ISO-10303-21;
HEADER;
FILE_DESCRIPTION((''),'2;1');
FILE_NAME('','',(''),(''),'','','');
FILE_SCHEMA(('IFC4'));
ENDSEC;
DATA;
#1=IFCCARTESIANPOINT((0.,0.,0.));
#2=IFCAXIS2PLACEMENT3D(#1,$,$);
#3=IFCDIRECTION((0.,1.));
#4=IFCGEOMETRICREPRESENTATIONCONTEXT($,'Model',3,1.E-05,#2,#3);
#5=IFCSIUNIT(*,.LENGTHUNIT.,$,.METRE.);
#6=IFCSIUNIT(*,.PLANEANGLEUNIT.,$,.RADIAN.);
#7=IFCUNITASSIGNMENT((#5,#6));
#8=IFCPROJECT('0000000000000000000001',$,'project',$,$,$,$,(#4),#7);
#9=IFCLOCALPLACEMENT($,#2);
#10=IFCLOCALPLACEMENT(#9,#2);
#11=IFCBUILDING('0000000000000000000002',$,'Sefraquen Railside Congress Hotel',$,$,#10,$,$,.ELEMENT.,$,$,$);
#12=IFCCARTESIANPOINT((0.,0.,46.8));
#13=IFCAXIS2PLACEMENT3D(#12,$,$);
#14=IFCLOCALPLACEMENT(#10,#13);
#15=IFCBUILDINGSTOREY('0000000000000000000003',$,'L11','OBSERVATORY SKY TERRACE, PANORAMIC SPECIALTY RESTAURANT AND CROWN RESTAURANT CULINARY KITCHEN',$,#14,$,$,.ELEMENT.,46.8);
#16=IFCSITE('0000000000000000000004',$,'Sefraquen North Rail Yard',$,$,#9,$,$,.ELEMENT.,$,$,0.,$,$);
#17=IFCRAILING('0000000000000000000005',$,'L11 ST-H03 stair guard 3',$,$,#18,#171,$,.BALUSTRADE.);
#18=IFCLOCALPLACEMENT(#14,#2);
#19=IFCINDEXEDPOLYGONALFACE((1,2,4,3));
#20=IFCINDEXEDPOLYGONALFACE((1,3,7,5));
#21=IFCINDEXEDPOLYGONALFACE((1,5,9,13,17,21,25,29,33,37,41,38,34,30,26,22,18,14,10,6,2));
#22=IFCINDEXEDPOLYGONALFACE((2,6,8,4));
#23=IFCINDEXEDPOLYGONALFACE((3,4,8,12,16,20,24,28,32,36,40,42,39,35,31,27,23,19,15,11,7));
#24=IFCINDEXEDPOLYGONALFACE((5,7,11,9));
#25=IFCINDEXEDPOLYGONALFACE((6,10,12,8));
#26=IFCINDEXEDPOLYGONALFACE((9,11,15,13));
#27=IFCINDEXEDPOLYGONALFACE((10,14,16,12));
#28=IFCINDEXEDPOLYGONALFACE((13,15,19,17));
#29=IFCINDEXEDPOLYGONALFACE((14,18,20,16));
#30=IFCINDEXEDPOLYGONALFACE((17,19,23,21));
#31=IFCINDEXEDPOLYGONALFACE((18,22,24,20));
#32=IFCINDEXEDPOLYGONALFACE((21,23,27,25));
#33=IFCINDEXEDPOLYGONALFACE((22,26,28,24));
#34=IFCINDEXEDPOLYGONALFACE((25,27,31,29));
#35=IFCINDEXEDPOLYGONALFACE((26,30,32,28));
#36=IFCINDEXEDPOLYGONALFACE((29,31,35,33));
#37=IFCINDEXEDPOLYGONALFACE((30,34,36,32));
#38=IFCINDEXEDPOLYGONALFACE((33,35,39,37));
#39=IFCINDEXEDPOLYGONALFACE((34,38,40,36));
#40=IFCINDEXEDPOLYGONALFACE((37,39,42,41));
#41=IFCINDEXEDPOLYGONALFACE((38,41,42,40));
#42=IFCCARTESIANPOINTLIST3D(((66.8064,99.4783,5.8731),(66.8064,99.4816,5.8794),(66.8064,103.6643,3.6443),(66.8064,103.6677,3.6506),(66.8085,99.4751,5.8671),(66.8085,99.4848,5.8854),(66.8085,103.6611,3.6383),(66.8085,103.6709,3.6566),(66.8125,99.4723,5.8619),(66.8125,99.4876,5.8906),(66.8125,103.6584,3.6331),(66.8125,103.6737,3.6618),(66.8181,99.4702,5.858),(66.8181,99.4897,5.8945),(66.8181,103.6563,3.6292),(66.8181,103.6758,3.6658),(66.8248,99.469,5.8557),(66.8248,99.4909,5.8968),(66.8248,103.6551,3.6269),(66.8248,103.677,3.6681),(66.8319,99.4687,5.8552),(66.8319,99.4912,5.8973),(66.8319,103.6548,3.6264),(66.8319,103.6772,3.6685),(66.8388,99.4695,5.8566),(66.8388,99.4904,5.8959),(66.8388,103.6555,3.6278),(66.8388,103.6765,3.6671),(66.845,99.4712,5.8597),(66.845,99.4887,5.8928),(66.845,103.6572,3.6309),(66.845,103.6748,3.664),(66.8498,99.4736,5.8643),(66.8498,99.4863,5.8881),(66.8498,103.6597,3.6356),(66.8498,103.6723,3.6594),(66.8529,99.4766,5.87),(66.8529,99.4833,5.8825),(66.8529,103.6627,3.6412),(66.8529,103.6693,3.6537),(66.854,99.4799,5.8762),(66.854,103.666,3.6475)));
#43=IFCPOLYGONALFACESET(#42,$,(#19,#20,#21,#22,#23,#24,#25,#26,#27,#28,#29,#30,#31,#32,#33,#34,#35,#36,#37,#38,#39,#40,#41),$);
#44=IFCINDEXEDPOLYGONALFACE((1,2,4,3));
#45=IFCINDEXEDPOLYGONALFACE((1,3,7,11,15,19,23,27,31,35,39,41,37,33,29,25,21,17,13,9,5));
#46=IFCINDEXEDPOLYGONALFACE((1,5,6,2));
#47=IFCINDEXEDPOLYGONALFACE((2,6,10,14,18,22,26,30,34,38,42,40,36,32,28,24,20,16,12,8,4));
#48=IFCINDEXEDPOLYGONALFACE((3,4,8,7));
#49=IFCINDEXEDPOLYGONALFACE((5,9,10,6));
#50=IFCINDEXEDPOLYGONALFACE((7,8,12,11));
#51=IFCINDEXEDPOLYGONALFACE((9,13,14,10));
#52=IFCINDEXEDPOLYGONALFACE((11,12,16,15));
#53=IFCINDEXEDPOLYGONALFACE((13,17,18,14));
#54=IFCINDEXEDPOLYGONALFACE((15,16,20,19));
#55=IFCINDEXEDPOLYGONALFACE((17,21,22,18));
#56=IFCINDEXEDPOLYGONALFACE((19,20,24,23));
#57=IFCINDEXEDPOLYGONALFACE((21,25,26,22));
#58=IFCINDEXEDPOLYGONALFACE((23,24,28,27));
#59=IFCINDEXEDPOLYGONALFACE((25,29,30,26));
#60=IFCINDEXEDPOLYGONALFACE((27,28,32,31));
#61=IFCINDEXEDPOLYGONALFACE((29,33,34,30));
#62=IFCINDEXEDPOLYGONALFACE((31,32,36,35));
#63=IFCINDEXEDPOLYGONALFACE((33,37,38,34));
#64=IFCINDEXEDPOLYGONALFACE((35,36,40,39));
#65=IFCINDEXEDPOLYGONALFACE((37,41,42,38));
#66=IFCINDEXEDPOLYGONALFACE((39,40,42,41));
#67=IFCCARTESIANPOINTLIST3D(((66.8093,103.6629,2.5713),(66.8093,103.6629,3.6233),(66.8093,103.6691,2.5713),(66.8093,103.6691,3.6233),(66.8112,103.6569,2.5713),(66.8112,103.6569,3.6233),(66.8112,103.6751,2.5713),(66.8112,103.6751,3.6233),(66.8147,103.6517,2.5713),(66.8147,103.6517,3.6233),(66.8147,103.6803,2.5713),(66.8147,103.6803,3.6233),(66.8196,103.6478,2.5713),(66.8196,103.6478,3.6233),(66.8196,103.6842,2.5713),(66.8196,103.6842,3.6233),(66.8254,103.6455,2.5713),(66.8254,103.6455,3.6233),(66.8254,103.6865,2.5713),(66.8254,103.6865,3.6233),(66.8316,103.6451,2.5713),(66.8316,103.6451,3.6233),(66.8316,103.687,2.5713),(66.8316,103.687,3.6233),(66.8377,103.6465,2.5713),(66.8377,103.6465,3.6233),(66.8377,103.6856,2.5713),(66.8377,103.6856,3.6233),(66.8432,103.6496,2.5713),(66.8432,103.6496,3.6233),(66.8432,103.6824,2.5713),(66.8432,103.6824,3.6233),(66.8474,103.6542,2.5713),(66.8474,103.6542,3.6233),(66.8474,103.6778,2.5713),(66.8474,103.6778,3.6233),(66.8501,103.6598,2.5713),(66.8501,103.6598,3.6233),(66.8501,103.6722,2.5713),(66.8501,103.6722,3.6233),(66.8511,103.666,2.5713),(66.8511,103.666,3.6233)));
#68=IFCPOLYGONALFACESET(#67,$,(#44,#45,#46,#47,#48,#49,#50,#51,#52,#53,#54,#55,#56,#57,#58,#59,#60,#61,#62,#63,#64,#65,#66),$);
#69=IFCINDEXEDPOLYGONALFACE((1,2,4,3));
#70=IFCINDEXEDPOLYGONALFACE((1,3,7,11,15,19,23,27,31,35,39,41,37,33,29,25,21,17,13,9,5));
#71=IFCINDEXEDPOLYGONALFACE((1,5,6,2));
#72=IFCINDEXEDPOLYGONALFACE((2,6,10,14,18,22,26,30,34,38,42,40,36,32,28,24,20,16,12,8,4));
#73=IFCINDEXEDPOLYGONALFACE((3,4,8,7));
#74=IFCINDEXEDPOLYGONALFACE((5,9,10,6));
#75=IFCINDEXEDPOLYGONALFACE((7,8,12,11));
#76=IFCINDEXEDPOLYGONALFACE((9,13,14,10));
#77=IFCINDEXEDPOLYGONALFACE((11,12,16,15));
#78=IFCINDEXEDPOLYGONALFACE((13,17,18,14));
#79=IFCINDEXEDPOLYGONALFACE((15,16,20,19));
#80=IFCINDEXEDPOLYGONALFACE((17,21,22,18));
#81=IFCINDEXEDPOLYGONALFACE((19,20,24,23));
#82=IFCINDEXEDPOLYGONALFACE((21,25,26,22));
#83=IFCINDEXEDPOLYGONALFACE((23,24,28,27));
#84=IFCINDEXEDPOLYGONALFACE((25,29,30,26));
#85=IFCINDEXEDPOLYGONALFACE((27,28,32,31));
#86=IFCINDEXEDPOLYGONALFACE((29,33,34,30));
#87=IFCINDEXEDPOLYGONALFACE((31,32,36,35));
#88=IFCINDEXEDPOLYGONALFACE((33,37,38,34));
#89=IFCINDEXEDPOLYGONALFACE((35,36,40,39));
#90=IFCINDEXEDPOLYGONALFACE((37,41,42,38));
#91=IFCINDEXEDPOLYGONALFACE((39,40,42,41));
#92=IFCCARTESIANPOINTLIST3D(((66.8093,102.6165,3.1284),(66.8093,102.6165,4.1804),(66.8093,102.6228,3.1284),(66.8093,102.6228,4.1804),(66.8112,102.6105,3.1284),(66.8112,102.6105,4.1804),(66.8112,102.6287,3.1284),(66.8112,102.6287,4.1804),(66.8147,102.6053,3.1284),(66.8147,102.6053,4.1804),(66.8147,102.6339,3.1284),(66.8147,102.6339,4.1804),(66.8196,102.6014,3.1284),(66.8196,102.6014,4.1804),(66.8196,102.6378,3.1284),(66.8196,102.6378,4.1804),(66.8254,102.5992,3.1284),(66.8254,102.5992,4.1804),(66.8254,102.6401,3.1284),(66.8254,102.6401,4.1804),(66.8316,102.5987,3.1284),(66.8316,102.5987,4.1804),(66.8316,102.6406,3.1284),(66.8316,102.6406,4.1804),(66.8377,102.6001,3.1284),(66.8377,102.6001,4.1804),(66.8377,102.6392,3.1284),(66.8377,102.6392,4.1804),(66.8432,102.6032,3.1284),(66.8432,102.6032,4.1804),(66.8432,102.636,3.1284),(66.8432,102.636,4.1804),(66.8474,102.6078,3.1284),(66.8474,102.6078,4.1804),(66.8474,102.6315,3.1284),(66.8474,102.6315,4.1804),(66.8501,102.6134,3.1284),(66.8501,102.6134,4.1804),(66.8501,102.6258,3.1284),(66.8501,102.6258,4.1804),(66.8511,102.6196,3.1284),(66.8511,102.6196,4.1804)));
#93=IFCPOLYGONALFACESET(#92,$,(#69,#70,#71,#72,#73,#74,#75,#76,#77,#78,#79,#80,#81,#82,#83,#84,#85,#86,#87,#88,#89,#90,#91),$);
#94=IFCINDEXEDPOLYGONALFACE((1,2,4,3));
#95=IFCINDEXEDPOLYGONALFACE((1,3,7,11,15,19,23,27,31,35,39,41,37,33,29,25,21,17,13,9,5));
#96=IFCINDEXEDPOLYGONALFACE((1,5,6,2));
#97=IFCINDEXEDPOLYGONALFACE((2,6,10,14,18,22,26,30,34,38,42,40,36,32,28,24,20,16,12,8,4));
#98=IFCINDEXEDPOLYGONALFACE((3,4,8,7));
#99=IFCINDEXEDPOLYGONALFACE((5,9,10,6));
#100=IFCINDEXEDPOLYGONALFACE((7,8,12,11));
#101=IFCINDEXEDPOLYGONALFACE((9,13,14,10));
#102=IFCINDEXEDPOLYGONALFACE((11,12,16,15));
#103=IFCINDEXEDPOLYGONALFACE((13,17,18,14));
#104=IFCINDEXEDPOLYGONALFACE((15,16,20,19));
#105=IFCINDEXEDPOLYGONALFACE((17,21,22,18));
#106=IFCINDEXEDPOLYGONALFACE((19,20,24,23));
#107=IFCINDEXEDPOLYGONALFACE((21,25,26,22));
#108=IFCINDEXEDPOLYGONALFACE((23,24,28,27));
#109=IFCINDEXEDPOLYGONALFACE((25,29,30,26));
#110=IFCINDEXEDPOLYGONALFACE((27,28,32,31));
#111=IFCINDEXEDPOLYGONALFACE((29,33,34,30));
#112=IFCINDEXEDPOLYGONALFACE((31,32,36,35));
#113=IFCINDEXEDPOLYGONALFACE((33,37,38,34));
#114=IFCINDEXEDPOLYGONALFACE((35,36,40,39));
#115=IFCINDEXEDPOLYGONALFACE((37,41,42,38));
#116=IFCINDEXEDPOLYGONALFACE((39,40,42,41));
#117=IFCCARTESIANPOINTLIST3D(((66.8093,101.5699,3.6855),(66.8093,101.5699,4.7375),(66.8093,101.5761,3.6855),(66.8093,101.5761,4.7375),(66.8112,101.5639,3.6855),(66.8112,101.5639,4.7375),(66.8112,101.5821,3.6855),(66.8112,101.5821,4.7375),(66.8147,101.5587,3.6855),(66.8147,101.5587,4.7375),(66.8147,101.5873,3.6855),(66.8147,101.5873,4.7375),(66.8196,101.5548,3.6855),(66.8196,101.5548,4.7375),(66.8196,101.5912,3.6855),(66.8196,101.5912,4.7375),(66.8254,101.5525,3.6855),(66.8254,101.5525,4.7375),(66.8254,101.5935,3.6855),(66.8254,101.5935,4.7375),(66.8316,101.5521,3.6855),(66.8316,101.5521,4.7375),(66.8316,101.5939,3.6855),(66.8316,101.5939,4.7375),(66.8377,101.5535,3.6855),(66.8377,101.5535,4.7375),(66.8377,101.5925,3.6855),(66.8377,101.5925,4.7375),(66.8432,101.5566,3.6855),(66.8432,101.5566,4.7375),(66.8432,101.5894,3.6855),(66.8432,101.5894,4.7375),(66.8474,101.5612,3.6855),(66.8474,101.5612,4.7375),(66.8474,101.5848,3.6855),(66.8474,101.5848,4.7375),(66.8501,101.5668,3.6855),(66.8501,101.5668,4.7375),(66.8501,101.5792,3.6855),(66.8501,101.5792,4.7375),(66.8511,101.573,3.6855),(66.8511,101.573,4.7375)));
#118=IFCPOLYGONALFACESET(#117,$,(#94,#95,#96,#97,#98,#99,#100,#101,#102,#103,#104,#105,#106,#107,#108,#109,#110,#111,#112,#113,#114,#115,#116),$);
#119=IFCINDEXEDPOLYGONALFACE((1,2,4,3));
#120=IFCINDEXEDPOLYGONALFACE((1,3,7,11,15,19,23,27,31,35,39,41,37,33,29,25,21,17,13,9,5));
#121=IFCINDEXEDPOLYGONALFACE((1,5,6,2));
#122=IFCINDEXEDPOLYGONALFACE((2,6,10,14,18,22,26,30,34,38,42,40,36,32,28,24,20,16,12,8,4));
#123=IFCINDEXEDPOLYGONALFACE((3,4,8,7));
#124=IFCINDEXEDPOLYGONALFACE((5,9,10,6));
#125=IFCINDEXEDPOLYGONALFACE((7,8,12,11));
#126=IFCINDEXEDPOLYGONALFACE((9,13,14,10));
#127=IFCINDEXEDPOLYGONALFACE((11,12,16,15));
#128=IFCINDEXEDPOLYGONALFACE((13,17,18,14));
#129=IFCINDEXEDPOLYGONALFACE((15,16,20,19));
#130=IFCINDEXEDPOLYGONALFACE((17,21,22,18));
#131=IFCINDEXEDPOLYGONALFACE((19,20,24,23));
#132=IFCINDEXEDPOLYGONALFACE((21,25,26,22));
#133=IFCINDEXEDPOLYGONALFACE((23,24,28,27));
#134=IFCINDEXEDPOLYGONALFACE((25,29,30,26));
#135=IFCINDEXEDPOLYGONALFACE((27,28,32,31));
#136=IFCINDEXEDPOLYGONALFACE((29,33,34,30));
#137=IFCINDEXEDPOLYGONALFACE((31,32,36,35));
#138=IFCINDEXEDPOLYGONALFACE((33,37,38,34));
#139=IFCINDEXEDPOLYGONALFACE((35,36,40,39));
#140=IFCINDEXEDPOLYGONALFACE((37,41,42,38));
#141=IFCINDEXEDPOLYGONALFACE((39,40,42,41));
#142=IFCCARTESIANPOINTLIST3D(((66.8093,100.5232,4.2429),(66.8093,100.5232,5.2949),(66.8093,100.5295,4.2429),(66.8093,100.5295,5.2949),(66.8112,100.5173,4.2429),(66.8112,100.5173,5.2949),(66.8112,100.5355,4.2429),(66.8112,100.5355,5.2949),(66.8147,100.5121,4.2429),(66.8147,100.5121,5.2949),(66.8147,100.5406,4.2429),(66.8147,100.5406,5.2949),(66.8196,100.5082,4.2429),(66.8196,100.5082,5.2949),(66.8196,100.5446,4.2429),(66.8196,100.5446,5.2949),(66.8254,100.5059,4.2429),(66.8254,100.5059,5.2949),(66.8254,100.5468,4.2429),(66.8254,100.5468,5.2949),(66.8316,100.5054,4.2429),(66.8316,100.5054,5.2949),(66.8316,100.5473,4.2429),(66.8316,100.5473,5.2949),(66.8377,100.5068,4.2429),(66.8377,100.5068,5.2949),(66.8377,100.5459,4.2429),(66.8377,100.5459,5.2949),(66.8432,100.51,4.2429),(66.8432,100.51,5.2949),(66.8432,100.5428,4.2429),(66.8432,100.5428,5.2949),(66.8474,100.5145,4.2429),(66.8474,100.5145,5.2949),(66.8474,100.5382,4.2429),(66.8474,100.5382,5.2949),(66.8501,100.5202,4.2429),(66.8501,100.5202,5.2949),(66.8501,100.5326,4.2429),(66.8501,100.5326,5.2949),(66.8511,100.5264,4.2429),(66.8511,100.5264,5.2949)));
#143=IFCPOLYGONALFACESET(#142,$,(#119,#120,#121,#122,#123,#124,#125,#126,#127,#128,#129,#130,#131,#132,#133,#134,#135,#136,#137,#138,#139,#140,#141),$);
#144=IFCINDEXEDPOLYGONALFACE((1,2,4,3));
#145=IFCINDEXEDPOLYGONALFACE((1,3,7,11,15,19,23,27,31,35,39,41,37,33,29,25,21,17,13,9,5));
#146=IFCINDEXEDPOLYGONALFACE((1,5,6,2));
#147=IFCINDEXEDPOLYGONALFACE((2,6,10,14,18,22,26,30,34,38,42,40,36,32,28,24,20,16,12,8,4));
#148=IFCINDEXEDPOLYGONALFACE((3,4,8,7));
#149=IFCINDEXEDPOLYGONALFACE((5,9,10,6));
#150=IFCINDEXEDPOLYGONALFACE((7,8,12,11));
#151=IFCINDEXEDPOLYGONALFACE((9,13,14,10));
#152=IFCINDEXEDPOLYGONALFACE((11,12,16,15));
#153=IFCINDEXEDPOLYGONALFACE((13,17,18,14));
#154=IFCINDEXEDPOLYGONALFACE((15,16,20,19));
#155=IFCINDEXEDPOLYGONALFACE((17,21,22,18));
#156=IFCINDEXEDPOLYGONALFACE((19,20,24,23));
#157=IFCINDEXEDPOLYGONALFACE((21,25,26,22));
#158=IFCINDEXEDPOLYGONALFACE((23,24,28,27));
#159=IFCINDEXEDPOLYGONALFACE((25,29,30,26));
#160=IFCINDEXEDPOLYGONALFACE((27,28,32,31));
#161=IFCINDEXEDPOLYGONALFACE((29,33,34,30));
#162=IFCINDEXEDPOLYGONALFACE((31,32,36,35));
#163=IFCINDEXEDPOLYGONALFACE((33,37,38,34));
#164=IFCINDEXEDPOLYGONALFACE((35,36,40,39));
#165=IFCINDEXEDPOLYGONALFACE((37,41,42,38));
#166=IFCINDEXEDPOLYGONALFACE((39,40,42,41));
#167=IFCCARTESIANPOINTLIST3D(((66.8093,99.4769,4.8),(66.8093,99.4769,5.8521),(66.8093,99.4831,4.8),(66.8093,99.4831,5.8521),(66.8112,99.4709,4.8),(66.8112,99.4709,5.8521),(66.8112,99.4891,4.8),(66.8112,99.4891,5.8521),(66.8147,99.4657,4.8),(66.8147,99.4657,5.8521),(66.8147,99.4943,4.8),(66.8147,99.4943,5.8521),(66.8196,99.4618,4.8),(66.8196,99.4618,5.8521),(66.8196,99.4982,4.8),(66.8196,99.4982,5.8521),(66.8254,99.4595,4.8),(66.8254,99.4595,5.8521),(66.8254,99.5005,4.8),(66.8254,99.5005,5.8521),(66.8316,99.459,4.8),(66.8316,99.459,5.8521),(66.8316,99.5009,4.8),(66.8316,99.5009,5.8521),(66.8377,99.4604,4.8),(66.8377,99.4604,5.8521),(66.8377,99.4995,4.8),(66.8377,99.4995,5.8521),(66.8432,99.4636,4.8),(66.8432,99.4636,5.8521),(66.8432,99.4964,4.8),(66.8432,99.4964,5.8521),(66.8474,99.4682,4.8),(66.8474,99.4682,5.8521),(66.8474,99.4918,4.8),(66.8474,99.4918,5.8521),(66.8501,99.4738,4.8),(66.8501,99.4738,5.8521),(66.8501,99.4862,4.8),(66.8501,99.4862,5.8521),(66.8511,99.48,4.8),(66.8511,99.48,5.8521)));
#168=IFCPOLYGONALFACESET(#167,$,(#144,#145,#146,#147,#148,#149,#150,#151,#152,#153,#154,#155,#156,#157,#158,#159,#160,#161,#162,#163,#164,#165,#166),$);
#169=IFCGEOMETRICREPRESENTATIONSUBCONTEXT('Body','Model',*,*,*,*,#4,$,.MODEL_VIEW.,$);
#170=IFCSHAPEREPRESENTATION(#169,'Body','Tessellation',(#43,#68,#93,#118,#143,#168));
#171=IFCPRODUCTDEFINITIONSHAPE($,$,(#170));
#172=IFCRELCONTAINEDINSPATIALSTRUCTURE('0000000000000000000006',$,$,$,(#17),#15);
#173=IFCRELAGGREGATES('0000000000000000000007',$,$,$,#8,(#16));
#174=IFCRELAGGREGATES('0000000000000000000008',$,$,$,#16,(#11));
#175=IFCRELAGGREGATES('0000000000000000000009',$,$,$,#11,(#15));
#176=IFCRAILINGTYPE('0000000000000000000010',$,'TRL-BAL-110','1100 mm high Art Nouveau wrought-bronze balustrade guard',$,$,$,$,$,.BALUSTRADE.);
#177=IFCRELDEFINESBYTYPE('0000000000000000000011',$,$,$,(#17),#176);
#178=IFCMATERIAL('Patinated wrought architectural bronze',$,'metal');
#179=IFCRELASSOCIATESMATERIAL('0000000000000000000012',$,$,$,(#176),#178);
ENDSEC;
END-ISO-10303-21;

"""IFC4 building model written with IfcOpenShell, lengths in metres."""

from ifc_helpers import new_model, si_unit, direction, frame, origin, origin_2d, place, context, subcontext, project, spatial, circle, extrude, material, type_object, element, save


model = new_model("IFC4")

# Units and contexts
model_context = context("Model", 3, precision=1e-05, world=origin(), true_north=direction((0.0, 1.0)))
body_context = subcontext(model_context, "Body", "Model", "MODEL_VIEW")
ifc_project = project(units=[si_unit("LENGTHUNIT", "METRE"), si_unit("PLANEANGLEUNIT", "RADIAN")], contexts=[model_context])

# Site, building, storey
site_placement = place(None, origin())
site = spatial("IfcSite", under=ifc_project, at=site_placement, Name="Sefraquen North Rail Yard", CompositionType="ELEMENT", RefElevation=0.0)
building_placement = place(site_placement, origin())
building = spatial("IfcBuilding", under=site, at=building_placement, Name="Sefraquen Railside Congress Hotel", CompositionType="ELEMENT")
storey_placement = place(building_placement, frame((0.0, 0.0, 46.8)))
storey = spatial("IfcBuildingStorey", under=building, at=storey_placement, Name="L11", Description="OBSERVATORY SKY TERRACE, PANORAMIC SPECIALTY RESTAURANT AND CROWN RESTAURANT CULINARY KITCHEN", CompositionType="ELEMENT", Elevation=46.8)

# Railing
ifc_material_1 = material(Name="Patinated wrought architectural bronze", Category="metal")
railing_type_1 = type_object("IfcRailingType", Name="TRL-BAL-110", Description="1100 mm high Art Nouveau wrought-bronze balustrade guard", PredefinedType="BALUSTRADE", material=ifc_material_1)
railing_1_placement = place(storey_placement, frame((66.8301, 103.666, 2.5713)))
element("IfcRailing", 1, at=railing_1_placement, inside=storey, type_object=railing_type_1, Name="L11 ST-H03 stair guard 3", PredefinedType="BALUSTRADE", context=body_context, shape_type="SweptSolid", body=[
    extrude(circle(Radius=0.0239, at=origin_2d()), frame((0.0, 0.0, 1.0762), z_axis=(0.0, -0.882685, 0.469966), x_axis=(1.0, 0.0, 0.0)), (0.0, 0.0, 1.0), 4.7424),
    extrude(circle(Radius=0.021, at=origin_2d()), origin(), (0.0, 0.0, 1.0), 1.052),
    extrude(circle(Radius=0.021, at=origin_2d()), frame((0.0, -1.0464, 0.5571)), (0.0, 0.0, 1.0), 1.052),
    extrude(circle(Radius=0.021, at=origin_2d()), frame((0.0, -2.093, 1.1143)), (0.0, 0.0, 1.0), 1.052),
    extrude(circle(Radius=0.021, at=origin_2d()), frame((0.0, -3.1396, 1.6716)), (0.0, 0.0, 1.0), 1.052),
    extrude(circle(Radius=0.021, at=origin_2d()), frame((0.0, -4.186, 2.2288)), (0.0, 0.0, 1.0), 1.052),
])

save(model, "model.ifc")
